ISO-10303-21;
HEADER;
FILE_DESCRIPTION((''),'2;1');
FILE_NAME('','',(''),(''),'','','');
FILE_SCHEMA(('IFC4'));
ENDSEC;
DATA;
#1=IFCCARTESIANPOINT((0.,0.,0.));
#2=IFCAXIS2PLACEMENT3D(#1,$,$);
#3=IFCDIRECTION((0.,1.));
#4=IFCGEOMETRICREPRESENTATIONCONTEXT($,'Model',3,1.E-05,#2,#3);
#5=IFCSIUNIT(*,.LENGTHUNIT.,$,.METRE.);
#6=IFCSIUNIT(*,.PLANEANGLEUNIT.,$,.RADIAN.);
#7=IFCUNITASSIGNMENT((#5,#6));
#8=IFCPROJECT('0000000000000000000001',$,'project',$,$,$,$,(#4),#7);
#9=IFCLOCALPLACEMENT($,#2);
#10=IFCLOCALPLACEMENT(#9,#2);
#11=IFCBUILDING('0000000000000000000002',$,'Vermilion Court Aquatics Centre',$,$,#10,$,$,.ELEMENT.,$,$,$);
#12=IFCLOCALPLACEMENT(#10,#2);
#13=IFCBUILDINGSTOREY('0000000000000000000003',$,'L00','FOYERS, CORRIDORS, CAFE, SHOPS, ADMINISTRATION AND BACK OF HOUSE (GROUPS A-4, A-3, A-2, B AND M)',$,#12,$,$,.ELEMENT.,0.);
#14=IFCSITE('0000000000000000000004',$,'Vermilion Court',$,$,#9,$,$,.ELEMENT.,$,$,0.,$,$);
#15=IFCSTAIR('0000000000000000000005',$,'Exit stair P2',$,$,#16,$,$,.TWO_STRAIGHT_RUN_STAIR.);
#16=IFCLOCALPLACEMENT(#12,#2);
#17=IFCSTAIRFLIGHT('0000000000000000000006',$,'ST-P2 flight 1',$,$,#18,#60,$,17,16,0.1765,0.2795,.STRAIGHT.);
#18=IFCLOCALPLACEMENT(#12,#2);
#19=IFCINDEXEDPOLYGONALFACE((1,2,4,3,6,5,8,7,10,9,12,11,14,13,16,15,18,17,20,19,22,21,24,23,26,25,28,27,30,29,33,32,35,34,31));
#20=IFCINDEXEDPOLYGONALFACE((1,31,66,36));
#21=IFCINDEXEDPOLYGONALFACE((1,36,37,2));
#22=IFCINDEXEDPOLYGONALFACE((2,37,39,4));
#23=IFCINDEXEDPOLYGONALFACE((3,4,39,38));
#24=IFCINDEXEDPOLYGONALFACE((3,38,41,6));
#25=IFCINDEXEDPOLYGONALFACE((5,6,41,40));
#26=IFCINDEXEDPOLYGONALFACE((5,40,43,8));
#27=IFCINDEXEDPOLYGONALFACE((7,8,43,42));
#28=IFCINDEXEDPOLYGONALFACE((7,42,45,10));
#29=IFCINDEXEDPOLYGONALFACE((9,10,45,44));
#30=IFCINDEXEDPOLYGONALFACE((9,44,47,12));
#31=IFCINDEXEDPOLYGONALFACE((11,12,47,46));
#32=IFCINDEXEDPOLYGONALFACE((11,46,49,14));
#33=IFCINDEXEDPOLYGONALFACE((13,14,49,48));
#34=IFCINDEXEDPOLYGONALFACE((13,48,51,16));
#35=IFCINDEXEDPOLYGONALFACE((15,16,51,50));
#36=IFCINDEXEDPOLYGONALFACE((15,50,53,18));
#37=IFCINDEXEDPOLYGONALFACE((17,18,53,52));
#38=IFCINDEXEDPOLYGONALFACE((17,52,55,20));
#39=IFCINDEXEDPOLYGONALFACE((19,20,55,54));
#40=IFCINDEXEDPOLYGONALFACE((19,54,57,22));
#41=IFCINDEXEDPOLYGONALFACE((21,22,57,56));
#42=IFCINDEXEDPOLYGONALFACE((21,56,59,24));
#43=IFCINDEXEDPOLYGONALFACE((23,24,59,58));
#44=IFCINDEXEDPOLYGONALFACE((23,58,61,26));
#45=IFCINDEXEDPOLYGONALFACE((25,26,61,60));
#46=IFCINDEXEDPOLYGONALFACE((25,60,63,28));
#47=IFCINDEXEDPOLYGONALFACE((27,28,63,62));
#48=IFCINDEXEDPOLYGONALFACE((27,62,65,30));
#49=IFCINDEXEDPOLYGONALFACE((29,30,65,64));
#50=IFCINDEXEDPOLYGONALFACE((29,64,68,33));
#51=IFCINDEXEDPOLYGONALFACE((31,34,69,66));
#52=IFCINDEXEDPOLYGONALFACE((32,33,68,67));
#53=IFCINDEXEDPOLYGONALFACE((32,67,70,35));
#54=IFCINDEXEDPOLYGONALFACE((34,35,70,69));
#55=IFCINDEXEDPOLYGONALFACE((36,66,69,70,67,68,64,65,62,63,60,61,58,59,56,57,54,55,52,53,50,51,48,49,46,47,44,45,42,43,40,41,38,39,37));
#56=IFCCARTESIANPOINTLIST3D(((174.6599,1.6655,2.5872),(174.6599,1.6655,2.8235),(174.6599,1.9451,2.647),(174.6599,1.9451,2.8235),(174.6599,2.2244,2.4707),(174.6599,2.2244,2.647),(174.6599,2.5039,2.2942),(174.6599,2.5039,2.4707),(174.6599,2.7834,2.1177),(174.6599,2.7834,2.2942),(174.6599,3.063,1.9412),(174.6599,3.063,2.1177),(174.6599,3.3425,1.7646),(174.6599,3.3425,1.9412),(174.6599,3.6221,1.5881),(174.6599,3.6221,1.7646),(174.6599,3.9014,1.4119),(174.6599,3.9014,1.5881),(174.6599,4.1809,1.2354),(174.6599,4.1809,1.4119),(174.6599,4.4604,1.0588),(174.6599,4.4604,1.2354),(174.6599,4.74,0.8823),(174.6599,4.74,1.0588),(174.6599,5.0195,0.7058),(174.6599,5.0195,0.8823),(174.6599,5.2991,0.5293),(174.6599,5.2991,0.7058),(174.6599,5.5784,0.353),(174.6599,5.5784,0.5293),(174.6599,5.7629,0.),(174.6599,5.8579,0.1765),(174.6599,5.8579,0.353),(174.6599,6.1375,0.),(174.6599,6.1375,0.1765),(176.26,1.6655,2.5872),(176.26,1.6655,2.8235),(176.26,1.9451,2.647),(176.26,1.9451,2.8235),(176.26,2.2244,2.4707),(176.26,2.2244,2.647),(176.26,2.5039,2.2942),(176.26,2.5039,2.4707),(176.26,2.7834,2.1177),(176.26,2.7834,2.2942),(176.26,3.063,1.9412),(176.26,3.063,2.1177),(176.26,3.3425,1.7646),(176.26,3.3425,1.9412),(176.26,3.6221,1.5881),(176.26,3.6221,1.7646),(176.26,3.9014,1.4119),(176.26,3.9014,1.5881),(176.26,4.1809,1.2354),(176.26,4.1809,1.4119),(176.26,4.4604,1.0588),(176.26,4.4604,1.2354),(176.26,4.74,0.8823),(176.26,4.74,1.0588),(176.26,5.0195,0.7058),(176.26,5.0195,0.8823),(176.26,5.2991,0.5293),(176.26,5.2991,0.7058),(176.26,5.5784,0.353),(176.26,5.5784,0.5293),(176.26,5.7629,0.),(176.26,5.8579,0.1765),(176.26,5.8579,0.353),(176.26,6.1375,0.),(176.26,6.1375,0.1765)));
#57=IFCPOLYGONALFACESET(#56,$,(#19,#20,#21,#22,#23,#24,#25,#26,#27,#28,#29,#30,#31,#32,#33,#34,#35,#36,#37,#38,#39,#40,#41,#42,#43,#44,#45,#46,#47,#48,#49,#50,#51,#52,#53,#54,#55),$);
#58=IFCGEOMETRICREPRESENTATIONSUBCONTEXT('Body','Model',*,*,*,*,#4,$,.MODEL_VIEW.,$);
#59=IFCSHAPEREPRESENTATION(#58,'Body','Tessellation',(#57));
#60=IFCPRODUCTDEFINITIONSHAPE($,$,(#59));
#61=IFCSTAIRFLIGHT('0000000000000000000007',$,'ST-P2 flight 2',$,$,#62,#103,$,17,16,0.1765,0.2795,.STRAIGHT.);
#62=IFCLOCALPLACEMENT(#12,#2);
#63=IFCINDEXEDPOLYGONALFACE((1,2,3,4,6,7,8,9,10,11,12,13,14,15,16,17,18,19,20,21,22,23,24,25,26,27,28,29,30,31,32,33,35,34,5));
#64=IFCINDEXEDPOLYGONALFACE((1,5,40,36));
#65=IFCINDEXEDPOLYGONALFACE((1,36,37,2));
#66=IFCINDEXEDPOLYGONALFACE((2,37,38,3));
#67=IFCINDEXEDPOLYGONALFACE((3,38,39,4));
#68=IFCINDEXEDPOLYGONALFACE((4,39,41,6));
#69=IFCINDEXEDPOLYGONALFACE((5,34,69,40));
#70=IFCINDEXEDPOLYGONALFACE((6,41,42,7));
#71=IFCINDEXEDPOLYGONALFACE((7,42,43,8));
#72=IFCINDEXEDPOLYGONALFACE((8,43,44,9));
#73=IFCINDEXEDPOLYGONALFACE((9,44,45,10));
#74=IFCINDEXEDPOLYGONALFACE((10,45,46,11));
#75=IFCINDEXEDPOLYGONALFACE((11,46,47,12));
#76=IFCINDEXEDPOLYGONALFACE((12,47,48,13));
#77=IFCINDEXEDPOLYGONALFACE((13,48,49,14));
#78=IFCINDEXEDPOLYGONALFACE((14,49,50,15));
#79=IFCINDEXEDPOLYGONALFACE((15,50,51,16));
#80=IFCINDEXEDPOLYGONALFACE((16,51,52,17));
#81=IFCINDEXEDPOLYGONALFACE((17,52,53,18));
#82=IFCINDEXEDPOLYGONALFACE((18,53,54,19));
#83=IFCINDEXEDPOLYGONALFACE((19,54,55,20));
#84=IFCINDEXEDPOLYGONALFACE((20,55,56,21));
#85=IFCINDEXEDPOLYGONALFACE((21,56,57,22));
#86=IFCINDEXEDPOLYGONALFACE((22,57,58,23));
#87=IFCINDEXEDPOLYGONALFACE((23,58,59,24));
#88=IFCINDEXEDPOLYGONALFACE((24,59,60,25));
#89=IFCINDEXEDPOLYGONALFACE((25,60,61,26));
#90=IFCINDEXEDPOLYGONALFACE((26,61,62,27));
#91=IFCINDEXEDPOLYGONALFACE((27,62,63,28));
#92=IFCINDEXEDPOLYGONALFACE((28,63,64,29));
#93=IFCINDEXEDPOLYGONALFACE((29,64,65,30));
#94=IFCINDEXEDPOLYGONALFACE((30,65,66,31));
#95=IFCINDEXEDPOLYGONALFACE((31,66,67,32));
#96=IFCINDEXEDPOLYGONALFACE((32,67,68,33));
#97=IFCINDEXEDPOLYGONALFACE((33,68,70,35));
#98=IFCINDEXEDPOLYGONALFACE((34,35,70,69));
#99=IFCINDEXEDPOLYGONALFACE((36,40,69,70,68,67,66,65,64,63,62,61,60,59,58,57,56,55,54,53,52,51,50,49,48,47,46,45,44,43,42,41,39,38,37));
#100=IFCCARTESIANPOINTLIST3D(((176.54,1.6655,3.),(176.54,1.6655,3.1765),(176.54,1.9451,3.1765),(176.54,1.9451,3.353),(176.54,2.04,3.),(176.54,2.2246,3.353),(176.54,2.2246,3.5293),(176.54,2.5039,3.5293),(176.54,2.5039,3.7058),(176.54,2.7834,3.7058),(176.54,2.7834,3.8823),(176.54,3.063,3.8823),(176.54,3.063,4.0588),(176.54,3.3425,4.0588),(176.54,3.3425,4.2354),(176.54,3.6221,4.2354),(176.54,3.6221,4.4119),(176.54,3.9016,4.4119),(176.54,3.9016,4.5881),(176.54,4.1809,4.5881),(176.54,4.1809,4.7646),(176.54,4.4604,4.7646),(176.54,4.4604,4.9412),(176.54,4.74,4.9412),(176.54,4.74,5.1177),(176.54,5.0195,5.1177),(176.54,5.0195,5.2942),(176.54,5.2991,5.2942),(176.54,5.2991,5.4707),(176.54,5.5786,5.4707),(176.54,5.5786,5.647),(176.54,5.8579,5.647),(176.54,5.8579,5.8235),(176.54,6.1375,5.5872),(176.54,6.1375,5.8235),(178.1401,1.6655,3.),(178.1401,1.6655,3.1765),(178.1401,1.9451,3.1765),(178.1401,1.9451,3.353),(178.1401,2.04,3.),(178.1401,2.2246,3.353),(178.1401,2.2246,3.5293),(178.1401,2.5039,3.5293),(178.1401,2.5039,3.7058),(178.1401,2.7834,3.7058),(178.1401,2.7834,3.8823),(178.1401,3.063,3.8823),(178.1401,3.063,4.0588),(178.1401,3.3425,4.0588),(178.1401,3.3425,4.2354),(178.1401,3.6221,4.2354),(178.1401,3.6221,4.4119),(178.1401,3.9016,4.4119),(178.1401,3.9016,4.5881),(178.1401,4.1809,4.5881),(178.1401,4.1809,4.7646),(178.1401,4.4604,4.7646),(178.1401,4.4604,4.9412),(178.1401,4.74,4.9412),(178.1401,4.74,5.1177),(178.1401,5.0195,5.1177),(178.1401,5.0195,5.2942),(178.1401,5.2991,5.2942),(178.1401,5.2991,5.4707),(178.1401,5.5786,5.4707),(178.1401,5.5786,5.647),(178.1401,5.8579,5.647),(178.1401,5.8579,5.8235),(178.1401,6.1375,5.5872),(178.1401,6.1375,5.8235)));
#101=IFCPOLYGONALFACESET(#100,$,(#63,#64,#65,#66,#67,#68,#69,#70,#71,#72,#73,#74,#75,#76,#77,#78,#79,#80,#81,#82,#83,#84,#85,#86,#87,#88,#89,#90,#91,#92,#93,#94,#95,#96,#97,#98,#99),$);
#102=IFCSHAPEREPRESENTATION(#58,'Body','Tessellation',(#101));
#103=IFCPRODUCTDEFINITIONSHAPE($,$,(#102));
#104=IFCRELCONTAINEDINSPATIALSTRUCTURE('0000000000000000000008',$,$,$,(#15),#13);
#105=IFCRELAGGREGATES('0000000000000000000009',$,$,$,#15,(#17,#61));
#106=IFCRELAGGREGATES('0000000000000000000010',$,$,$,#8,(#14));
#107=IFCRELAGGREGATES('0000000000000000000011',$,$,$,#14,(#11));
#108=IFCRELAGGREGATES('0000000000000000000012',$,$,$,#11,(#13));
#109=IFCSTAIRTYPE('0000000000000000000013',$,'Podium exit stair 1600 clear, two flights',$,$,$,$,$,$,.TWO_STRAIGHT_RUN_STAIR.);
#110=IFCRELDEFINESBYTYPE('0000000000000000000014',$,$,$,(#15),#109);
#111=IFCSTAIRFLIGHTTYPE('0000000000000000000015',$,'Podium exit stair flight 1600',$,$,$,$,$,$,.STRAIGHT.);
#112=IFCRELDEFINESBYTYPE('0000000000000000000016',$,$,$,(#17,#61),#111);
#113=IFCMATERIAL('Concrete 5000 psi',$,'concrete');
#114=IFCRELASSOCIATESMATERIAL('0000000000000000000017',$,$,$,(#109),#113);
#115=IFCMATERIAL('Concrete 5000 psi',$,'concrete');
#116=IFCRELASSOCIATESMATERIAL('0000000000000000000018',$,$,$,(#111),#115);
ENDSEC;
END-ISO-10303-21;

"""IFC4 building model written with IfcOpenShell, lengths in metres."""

from ifc_helpers import new_model, si_unit, direction, frame, origin, place, context, subcontext, project, spatial, polyline, outline, extrude, material, type_object, element, aggregate, save


model = new_model("IFC4")

# Units and contexts
model_context = context("Model", 3, precision=1e-05, world=origin(), true_north=direction((0.0, 1.0)))
body_context = subcontext(model_context, "Body", "Model", "MODEL_VIEW")
ifc_project = project(units=[si_unit("LENGTHUNIT", "METRE"), si_unit("PLANEANGLEUNIT", "RADIAN")], contexts=[model_context])

# Site, building, storey
site_placement = place(None, origin())
site = spatial("IfcSite", under=ifc_project, at=site_placement, Name="Vermilion Court", CompositionType="ELEMENT", RefElevation=0.0)
building_placement = place(site_placement, origin())
building = spatial("IfcBuilding", under=site, at=building_placement, Name="Vermilion Court Aquatics Centre", CompositionType="ELEMENT")
storey_placement = place(building_placement, origin())
storey = spatial("IfcBuildingStorey", under=building, at=storey_placement, Name="L00", Description="FOYERS, CORRIDORS, CAFE, SHOPS, ADMINISTRATION AND BACK OF HOUSE (GROUPS A-4, A-3, A-2, B AND M)", CompositionType="ELEMENT", Elevation=0.0)

# Stair, stair flights
ifc_material_1 = material(Name="Concrete 5000 psi", Category="concrete")
stair_type = type_object("IfcStairType", Name="Podium exit stair 1600 clear, two flights", PredefinedType="TWO_STRAIGHT_RUN_STAIR", material=ifc_material_1)
stair_placement = place(storey_placement, origin())
stair = element("IfcStair", 1, at=stair_placement, inside=storey, type_object=stair_type, Name="Exit stair P2", PredefinedType="TWO_STRAIGHT_RUN_STAIR")
ifc_material_2 = material(Name="Concrete 5000 psi", Category="concrete")
stair_flight_type = type_object("IfcStairFlightType", Name="Podium exit stair flight 1600", PredefinedType="STRAIGHT", material=ifc_material_2)
stair_flight_1_placement = place(storey_placement, frame((175.46, 6.1375, 0.0), z_axis=(0.0, 0.0, 1.0), x_axis=(0.0, -1.0, 0.0)))
stair_flight_1 = element("IfcStairFlight", 2, at=stair_flight_1_placement, type_object=stair_flight_type, Name="ST-P2 flight 1", NumberOfRisers=17, NumberOfTreads=16, PredefinedType="STRAIGHT", RiserHeight=0.1765, TreadLength=0.2795, context=body_context, shape_type="SweptSolid", body=[
    extrude(outline(polyline([(0.0, 0.0), (0.0, 0.1765), (0.2795, 0.1765), (0.2795, 0.353), (0.5591, 0.353), (0.5591, 0.5293), (0.8384, 0.5293), (0.8384, 0.7058), (1.1179, 0.7058), (1.1179, 0.8823), (1.3975, 0.8823), (1.3975, 1.0588), (1.677, 1.0588), (1.677, 1.2354), (1.9565, 1.2354), (1.9565, 1.4119), (2.2361, 1.4119), (2.2361, 1.5881), (2.5154, 1.5881), (2.5154, 1.7646), (2.7949, 1.7646), (2.7949, 1.9412), (3.0745, 1.9412), (3.0745, 2.1177), (3.354, 2.1177), (3.354, 2.2942), (3.6335, 2.2942), (3.6335, 2.4707), (3.9131, 2.4707), (3.9131, 2.647), (4.1924, 2.647), (4.1924, 2.8235), (4.4719, 2.8235), (4.4719, 3.0), (4.4719, 2.5872), (0.3745, 0.0), (0.0, 0.0)])), frame((0.0, 0.8, 0.0), z_axis=(0.0, -1.0, 0.0), x_axis=(1.0, 0.0, 0.0)), (0.0, 0.0, 1.0), 1.6001),
])
stair_flight_2_placement = place(storey_placement, frame((177.3401, 1.6655, 3.0), z_axis=(0.0, 0.0, 1.0), x_axis=(0.0, 1.0, 0.0)))
stair_flight_2 = element("IfcStairFlight", 3, at=stair_flight_2_placement, type_object=stair_flight_type, Name="ST-P2 flight 2", NumberOfRisers=17, NumberOfTreads=16, PredefinedType="STRAIGHT", RiserHeight=0.1765, TreadLength=0.2795, context=body_context, shape_type="SweptSolid", body=[
    extrude(outline(polyline([(0.0, 0.0), (0.0, 0.1765), (0.2795, 0.1765), (0.2795, 0.353), (0.5591, 0.353), (0.5591, 0.5293), (0.8384, 0.5293), (0.8384, 0.7058), (1.1179, 0.7058), (1.1179, 0.8823), (1.3975, 0.8823), (1.3975, 1.0588), (1.677, 1.0588), (1.677, 1.2354), (1.9565, 1.2354), (1.9565, 1.4119), (2.2361, 1.4119), (2.2361, 1.5881), (2.5154, 1.5881), (2.5154, 1.7646), (2.7949, 1.7646), (2.7949, 1.9412), (3.0745, 1.9412), (3.0745, 2.1177), (3.354, 2.1177), (3.354, 2.2942), (3.6335, 2.2942), (3.6335, 2.4707), (3.9131, 2.4707), (3.9131, 2.647), (4.1924, 2.647), (4.1924, 2.8235), (4.4719, 2.8235), (4.4719, 3.0), (4.4719, 2.5872), (0.3745, 0.0), (0.0, 0.0)])), frame((0.0, 0.8, 0.0), z_axis=(0.0, -1.0, 0.0), x_axis=(1.0, 0.0, 0.0)), (0.0, 0.0, 1.0), 1.6001),
])
aggregate(stair, [stair_flight_1, stair_flight_2])

save(model, "model.ifc")
